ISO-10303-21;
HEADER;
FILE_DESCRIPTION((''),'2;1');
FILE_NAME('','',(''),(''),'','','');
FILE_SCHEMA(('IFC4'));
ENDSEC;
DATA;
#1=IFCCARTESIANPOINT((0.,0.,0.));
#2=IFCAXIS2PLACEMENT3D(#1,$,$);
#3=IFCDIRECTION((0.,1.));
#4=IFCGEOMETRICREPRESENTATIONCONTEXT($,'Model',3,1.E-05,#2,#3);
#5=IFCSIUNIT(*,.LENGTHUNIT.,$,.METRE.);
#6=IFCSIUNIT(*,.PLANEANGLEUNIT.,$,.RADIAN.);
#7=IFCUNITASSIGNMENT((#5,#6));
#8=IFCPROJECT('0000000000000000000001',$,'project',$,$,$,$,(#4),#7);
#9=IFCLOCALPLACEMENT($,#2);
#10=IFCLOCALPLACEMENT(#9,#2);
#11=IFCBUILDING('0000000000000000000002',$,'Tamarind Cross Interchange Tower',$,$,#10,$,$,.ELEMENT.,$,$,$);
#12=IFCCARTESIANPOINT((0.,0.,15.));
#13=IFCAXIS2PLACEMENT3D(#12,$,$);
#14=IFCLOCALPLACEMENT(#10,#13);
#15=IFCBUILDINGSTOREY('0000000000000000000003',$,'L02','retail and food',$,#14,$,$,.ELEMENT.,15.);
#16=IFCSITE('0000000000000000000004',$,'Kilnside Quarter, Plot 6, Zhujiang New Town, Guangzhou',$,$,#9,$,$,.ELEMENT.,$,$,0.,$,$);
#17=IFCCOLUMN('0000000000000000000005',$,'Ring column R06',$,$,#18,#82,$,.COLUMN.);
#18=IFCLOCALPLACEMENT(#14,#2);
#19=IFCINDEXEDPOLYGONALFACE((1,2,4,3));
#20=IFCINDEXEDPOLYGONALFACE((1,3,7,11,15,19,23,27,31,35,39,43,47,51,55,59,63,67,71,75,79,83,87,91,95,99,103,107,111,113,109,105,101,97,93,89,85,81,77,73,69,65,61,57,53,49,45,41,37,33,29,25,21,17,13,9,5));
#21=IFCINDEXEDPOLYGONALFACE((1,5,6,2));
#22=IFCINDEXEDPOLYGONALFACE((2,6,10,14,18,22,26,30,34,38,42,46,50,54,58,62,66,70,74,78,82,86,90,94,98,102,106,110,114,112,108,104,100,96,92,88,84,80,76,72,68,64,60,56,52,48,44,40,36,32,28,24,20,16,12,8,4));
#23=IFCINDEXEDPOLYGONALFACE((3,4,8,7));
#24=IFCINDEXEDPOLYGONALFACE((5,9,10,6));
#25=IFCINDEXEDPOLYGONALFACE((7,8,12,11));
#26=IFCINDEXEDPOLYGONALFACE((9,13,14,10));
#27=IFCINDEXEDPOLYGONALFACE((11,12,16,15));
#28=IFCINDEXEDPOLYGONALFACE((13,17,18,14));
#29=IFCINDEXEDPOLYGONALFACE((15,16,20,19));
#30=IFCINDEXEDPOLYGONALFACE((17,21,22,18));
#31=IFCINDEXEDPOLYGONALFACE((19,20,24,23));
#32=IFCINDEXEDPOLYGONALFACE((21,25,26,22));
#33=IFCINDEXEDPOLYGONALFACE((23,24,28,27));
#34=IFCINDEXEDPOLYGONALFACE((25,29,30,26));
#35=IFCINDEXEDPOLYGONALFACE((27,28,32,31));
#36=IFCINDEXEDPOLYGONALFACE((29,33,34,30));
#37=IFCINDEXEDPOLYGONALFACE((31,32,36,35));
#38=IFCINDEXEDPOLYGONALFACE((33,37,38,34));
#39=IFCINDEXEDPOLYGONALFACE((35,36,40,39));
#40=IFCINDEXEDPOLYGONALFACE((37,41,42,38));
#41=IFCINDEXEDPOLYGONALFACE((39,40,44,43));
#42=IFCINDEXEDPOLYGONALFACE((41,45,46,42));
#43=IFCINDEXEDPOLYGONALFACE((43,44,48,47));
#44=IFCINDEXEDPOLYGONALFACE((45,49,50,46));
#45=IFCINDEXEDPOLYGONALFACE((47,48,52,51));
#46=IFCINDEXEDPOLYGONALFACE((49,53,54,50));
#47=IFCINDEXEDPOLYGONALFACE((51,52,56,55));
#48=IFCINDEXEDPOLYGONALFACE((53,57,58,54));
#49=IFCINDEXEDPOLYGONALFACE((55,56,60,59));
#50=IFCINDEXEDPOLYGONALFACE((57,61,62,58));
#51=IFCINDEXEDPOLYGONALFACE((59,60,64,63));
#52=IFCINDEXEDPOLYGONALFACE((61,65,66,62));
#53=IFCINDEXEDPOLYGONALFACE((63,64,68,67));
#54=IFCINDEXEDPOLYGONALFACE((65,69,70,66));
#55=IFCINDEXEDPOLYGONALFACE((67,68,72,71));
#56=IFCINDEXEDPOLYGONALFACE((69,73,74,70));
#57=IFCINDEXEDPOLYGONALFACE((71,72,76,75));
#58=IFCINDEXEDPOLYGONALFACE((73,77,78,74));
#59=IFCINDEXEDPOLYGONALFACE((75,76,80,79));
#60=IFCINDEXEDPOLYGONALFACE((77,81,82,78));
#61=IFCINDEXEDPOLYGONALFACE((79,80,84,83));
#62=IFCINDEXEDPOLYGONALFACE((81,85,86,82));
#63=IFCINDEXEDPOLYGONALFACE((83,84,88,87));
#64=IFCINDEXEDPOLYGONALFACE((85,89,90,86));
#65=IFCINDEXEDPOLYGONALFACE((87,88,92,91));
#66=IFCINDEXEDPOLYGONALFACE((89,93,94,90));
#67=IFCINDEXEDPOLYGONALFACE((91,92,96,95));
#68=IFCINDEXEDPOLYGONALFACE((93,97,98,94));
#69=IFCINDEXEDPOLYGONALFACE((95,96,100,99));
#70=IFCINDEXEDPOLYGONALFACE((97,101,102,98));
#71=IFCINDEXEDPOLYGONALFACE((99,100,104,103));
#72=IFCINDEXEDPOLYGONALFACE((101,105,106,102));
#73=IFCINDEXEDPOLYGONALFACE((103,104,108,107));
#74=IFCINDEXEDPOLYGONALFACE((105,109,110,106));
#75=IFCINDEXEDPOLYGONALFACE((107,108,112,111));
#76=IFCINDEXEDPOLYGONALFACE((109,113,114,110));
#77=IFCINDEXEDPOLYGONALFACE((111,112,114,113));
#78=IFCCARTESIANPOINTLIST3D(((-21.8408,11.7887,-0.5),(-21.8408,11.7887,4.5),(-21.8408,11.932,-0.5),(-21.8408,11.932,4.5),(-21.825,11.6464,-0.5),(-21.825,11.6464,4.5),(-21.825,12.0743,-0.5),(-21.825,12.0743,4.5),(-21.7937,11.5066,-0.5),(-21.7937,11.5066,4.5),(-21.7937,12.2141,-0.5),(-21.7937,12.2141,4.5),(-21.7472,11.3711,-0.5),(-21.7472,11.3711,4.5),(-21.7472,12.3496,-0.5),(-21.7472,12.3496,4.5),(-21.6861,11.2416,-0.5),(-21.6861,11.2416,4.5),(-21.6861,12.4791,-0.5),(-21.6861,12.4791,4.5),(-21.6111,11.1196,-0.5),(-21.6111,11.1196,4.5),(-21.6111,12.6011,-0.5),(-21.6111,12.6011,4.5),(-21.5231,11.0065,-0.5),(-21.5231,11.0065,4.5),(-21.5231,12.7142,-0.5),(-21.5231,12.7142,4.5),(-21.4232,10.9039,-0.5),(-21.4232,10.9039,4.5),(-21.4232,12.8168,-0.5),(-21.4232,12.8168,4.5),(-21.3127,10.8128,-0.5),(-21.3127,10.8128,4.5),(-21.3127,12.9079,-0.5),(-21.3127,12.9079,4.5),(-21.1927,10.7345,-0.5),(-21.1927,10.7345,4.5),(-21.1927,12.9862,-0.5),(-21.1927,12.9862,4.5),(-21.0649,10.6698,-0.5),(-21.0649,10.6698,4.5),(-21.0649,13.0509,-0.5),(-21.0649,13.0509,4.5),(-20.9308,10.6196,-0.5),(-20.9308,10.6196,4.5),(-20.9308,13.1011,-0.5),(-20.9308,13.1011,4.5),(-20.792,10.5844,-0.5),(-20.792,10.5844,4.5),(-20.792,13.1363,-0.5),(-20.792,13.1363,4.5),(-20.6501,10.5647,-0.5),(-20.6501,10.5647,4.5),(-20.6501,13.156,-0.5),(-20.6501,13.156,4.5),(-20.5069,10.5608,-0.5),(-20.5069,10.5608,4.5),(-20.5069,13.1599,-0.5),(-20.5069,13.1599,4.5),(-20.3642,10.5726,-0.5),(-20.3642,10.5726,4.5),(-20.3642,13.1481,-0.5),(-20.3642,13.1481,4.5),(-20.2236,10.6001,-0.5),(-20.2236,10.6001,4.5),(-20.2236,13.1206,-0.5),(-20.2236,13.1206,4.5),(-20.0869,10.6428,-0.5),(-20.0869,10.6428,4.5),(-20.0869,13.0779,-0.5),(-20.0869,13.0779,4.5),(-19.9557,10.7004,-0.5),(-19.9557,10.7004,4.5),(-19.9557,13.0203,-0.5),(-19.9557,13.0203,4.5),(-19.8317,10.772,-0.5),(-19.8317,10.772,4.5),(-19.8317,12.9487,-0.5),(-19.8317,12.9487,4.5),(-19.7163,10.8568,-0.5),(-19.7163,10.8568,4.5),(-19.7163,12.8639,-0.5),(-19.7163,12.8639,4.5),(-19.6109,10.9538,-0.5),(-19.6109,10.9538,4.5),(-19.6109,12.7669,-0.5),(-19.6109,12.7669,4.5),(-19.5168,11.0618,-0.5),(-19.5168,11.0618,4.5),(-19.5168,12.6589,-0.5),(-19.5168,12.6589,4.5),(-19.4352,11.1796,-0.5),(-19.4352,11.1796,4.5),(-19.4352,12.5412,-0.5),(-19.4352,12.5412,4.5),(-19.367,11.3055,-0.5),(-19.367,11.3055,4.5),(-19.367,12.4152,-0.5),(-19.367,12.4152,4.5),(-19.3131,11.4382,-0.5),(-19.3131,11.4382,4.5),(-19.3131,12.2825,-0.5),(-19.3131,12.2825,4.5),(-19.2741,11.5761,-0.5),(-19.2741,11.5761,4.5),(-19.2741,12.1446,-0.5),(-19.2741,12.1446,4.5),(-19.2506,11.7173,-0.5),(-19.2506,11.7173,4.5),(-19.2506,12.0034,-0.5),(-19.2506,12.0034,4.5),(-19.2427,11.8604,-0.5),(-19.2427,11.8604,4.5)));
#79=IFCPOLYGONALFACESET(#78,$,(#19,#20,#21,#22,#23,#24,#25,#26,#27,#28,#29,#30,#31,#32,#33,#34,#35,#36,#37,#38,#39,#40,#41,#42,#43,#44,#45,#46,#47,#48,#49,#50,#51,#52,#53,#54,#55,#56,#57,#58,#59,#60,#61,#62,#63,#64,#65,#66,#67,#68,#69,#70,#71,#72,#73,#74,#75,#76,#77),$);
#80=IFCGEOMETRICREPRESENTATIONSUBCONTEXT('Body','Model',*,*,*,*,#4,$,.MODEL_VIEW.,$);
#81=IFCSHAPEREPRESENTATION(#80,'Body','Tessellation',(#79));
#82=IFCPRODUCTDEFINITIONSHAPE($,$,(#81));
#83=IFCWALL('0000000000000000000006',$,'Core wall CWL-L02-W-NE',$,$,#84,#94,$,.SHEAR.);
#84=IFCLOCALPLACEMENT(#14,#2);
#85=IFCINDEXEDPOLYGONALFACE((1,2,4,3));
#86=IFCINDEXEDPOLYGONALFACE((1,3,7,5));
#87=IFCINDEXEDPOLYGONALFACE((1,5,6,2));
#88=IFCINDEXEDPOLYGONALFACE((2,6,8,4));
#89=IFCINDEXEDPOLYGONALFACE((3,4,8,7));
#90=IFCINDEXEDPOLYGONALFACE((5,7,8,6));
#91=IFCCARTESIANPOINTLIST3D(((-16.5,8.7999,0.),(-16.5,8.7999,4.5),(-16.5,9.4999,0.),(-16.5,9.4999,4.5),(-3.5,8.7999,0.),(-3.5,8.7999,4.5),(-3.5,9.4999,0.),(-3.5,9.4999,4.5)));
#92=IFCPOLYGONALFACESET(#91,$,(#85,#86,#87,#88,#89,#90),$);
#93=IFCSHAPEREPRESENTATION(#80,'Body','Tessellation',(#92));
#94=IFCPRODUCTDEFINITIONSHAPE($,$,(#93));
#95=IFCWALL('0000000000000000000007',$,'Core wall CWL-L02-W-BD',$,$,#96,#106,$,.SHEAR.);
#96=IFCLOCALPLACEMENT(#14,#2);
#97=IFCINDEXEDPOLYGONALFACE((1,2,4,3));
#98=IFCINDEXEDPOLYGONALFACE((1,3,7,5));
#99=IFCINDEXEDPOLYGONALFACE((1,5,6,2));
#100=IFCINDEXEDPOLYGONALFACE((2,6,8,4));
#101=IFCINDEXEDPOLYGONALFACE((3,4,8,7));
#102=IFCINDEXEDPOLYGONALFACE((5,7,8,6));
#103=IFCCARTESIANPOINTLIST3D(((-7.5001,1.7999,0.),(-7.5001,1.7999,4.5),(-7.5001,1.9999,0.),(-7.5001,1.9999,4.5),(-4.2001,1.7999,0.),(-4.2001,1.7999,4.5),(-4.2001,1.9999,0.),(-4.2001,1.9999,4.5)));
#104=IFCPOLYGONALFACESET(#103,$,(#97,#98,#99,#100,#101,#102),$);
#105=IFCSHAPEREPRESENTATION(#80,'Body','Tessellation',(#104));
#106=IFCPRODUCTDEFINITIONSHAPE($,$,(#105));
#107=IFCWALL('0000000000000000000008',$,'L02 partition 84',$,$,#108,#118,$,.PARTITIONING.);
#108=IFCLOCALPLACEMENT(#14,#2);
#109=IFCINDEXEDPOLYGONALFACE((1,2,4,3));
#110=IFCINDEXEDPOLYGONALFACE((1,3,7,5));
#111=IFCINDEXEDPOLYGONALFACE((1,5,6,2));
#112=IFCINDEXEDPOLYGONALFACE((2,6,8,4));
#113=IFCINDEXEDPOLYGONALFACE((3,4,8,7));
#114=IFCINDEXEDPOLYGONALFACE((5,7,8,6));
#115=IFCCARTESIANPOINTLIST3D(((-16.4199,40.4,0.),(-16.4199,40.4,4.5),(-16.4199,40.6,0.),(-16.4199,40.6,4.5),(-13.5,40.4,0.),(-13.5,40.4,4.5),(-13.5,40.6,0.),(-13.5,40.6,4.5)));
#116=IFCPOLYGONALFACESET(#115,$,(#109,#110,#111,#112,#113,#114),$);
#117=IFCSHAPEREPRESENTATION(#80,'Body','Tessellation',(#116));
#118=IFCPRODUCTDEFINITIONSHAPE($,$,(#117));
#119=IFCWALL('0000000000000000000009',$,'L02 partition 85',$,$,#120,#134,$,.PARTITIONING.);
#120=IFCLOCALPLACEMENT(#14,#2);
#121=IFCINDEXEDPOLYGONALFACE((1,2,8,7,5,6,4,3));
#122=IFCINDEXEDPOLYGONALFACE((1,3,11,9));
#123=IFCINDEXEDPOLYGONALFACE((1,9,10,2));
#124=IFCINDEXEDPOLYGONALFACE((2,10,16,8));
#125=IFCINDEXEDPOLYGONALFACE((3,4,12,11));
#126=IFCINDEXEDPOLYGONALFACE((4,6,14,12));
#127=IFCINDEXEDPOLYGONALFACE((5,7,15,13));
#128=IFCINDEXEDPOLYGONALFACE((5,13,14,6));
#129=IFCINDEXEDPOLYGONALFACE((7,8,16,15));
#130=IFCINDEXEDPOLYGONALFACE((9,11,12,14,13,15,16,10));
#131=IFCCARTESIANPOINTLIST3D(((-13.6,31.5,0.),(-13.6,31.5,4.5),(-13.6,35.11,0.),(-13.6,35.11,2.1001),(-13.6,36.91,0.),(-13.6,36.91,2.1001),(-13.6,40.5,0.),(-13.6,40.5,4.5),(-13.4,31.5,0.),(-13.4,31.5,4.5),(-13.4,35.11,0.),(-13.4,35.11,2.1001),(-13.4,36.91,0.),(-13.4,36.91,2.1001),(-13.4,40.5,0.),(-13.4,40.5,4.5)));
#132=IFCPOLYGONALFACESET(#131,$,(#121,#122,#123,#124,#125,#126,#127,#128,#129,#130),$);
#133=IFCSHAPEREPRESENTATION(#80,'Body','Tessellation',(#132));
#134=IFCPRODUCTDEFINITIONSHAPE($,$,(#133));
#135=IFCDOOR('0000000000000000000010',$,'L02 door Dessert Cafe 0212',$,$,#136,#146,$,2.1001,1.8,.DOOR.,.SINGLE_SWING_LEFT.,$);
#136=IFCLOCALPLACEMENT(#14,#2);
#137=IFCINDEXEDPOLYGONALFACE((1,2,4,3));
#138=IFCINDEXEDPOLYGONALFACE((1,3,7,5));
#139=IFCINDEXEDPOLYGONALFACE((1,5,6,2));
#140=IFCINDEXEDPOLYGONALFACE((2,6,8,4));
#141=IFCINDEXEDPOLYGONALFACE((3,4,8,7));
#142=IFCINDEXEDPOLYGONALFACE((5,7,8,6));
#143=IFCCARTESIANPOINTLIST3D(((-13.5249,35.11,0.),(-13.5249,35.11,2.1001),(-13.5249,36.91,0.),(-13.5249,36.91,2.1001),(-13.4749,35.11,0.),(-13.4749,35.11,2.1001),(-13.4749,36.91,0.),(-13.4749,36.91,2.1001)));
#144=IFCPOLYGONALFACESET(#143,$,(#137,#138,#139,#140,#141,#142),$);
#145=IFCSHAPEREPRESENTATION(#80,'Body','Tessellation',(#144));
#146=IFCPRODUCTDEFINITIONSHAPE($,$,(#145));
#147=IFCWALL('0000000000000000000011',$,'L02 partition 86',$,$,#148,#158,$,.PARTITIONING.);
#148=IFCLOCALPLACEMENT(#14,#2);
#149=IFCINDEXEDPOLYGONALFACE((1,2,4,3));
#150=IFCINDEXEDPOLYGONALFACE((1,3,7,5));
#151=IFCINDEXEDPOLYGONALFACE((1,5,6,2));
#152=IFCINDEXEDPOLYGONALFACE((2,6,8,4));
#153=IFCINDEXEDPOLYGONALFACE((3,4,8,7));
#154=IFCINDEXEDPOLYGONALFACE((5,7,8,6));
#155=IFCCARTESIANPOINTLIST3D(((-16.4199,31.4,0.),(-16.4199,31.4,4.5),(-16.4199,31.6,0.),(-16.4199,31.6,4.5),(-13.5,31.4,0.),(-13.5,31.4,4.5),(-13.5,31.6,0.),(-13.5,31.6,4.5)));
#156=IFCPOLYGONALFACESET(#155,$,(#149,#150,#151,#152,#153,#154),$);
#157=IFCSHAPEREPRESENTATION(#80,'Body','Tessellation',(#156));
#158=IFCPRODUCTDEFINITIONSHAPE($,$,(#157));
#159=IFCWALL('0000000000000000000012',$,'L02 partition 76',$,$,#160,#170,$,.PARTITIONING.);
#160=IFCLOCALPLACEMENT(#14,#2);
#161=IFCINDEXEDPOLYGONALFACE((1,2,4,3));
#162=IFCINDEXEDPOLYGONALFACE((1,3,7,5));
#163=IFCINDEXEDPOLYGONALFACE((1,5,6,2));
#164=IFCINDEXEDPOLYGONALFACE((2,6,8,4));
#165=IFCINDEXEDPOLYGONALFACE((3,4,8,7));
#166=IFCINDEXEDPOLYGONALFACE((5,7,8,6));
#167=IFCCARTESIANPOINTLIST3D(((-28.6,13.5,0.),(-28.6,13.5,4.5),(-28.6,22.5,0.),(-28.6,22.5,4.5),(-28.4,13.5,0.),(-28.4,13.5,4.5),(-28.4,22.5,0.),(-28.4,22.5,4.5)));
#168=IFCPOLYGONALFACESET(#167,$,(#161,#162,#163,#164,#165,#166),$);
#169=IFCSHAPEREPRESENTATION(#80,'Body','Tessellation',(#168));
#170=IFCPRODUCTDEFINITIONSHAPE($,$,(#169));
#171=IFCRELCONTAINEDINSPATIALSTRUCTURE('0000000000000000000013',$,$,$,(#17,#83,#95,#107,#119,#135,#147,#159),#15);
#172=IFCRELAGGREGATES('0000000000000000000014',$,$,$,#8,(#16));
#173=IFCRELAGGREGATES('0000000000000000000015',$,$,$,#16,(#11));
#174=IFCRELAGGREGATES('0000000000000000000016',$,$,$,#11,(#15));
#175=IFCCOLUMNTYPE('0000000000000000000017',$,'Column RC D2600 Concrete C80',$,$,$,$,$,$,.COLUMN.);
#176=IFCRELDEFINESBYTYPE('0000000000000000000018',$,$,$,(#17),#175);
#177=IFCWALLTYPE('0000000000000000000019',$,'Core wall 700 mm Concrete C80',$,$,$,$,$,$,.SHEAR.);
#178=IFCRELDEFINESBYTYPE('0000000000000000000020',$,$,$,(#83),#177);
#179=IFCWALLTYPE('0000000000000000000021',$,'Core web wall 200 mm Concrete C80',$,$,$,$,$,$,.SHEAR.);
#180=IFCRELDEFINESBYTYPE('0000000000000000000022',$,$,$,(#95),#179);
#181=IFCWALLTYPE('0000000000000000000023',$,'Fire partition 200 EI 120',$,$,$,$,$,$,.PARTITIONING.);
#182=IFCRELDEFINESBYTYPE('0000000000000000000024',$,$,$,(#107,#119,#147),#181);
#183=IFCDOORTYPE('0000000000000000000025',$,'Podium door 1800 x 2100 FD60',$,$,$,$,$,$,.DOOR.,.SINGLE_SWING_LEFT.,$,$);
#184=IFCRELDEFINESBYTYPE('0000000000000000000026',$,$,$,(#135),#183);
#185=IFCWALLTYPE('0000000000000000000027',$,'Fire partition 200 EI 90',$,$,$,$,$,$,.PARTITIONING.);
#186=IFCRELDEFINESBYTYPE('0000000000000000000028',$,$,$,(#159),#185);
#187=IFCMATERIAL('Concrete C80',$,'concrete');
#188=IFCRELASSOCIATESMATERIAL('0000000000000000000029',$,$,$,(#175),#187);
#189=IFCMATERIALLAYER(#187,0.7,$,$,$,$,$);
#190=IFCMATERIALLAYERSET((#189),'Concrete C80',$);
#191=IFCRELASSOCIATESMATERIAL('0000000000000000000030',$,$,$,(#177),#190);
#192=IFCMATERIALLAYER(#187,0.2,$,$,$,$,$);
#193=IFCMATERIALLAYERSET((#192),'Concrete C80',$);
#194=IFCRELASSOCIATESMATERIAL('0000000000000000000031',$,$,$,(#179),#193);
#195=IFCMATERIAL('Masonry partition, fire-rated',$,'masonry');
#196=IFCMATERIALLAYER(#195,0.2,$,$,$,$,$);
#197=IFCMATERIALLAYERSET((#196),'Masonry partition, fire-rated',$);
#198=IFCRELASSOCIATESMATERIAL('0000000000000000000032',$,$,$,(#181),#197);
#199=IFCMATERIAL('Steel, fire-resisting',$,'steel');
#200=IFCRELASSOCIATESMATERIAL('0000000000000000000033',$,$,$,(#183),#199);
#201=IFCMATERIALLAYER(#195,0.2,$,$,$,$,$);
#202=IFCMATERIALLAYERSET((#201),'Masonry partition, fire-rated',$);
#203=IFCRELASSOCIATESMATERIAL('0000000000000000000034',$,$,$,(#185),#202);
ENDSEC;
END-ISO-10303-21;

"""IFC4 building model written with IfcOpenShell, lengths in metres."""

from ifc_helpers import new_model, si_unit, direction, frame, frame_2d, origin, origin_2d, place, context, subcontext, project, spatial, rectangle, circle, extrude, material, layer, layer_set, material_profile, profile_set, type_object, element, fill, save


model = new_model("IFC4")

# Units and contexts
model_context = context("Model", 3, precision=1e-05, world=origin(), true_north=direction((0.0, 1.0)))
body_context = subcontext(model_context, "Body", "Model", "MODEL_VIEW")
ifc_project = project(units=[si_unit("LENGTHUNIT", "METRE"), si_unit("PLANEANGLEUNIT", "RADIAN")], contexts=[model_context])

# Site, building, storey
site_placement = place(None, origin())
site = spatial("IfcSite", under=ifc_project, at=site_placement, Name="Kilnside Quarter, Plot 6, Zhujiang New Town, Guangzhou", CompositionType="ELEMENT", RefElevation=0.0)
building_placement = place(site_placement, origin())
building = spatial("IfcBuilding", under=site, at=building_placement, Name="Tamarind Cross Interchange Tower", CompositionType="ELEMENT")
storey_placement = place(building_placement, frame((0.0, 0.0, 15.0)))
storey = spatial("IfcBuildingStorey", under=building, at=storey_placement, Name="L02", Description="retail and food", CompositionType="ELEMENT", Elevation=15.0)

# Column
ifc_material_1 = material(Name="Concrete C80", Category="concrete")
ifc_material_profile_1 = material_profile(ifc_material_1, circle(Radius=1.3, at=origin_2d()), Name="RC D2600")
ifc_profile_set_1 = profile_set([ifc_material_profile_1], Name="Concrete C80")
column_type_1 = type_object("IfcColumnType", Name="Column RC D2600 Concrete C80", PredefinedType="COLUMN", material=ifc_profile_set_1)
for number, where, z_axis, x_axis, name in (
    (1, (-20.5427, 11.8604, -0.5), (0.0, 0.0, 1.0), (1.0, 0.0, 0.0), "Ring column R06"),
):
    element("IfcColumn", number, at=place(storey_placement, frame(where, z_axis=z_axis, x_axis=x_axis)), inside=storey, type_object=column_type_1, Name=name, PredefinedType="COLUMN", context=body_context, shape_type="SweptSolid", body=[
        extrude(circle(Radius=1.3, at=origin_2d()), origin(), (0.0, 0.0, 1.0), 5.0),
    ])

# Walls
ifc_layer_1 = layer(ifc_material_1, 0.7)
ifc_layer_set_1 = layer_set([ifc_layer_1], Name="Concrete C80")
wall_type_1 = type_object("IfcWallType", Name="Core wall 700 mm Concrete C80", PredefinedType="SHEAR", material=ifc_layer_set_1)
wall_1_placement = place(storey_placement, frame((-16.5, 9.1499, 0.0), z_axis=(0.0, 0.0, 1.0), x_axis=(1.0, 0.0, 0.0)))
element("IfcWall", 2, at=wall_1_placement, inside=storey, type_object=wall_type_1, Name="Core wall CWL-L02-W-NE", PredefinedType="SHEAR", context=body_context, shape_type="SweptSolid", body=[
    extrude(rectangle(XDim=13.0, YDim=0.7, at=frame_2d((6.5, 0.0))), origin(), (0.0, 0.0, 1.0), 4.5),
])
ifc_layer_2 = layer(ifc_material_1, 0.2)
ifc_layer_set_2 = layer_set([ifc_layer_2], Name="Concrete C80")
wall_type_2 = type_object("IfcWallType", Name="Core web wall 200 mm Concrete C80", PredefinedType="SHEAR", material=ifc_layer_set_2)
wall_2_placement = place(storey_placement, frame((-7.5, 1.8999, 0.0), z_axis=(0.0, 0.0, 1.0), x_axis=(1.0, 0.0, 0.0)))
element("IfcWall", 3, at=wall_2_placement, inside=storey, type_object=wall_type_2, Name="Core wall CWL-L02-W-BD", PredefinedType="SHEAR", context=body_context, shape_type="SweptSolid", body=[
    extrude(rectangle(XDim=3.3, YDim=0.2, at=frame_2d((1.6499, 0.0))), origin(), (0.0, 0.0, 1.0), 4.5),
])
ifc_material_2 = material(Name="Masonry partition, fire-rated", Category="masonry")
ifc_layer_3 = layer(ifc_material_2, 0.2)
ifc_layer_set_3 = layer_set([ifc_layer_3], Name="Masonry partition, fire-rated")
wall_type_3 = type_object("IfcWallType", Name="Fire partition 200 EI 120", PredefinedType="PARTITIONING", material=ifc_layer_set_3)
wall_3_placement = place(storey_placement, frame((-16.4199, 40.5, 0.0), z_axis=(0.0, 0.0, 1.0), x_axis=(1.0, 0.0, 0.0)))
element("IfcWall", 4, at=wall_3_placement, inside=storey, type_object=wall_type_3, Name="L02 partition 84", PredefinedType="PARTITIONING", context=body_context, shape_type="SweptSolid", body=[
    extrude(rectangle(XDim=2.9199, YDim=0.2, at=frame_2d((1.46, 0.0))), origin(), (0.0, 0.0, 1.0), 4.5),
])

# Wall, opening, door
wall_4_placement = place(storey_placement, frame((-13.5, 31.5, 0.0), z_axis=(0.0, 0.0, 1.0), x_axis=(0.0, 1.0, 0.0)))
wall_4 = element("IfcWall", 5, at=wall_4_placement, inside=storey, type_object=wall_type_3, Name="L02 partition 85", PredefinedType="PARTITIONING", context=body_context, shape_type="SweptSolid", body=[
    extrude(rectangle(XDim=9.0, YDim=0.2, at=frame_2d((4.5, 0.0))), origin(), (0.0, 0.0, 1.0), 4.5),
])
opening_1_placement = place(wall_4_placement, frame((3.6101, 0.0, 0.0)))
opening_1 = element("IfcOpeningElement", 6, at=opening_1_placement, cuts=wall_4, PredefinedType="OPENING", context=body_context, shape_type="SweptSolid", body=[
    extrude(rectangle(XDim=1.8, YDim=2.1001, at=frame_2d((0.8999, 1.05))), frame((0.0, 0.1099, 0.0), z_axis=(0.0, -1.0, 0.0), x_axis=(1.0, 0.0, 0.0)), (0.0, 0.0, 1.0), 0.22),
])
ifc_material_3 = material(Name="Steel, fire-resisting", Category="steel")
door_type_1 = type_object("IfcDoorType", Name="Podium door 1800 x 2100 FD60", OperationType="SINGLE_SWING_LEFT", PredefinedType="DOOR", material=ifc_material_3)
door_1_placement = place(opening_1_placement, origin())
door_1 = element("IfcDoor", 7, at=door_1_placement, inside=storey, type_object=door_type_1, Name="L02 door Dessert Cafe 0212", OperationType="SINGLE_SWING_LEFT", OverallHeight=2.1001, OverallWidth=1.8, PredefinedType="DOOR", context=body_context, shape_type="SweptSolid", body=[
    extrude(rectangle(XDim=1.8, YDim=2.1001, at=frame_2d((0.8999, 1.05))), frame((0.0, 0.0249, 0.0), z_axis=(0.0, -1.0, 0.0), x_axis=(1.0, 0.0, 0.0)), (0.0, 0.0, 1.0), 0.05),
])
fill(opening_1, door_1)

# Walls
wall_5_placement = place(storey_placement, frame((-16.4199, 31.5, 0.0), z_axis=(0.0, 0.0, 1.0), x_axis=(1.0, 0.0, 0.0)))
element("IfcWall", 8, at=wall_5_placement, inside=storey, type_object=wall_type_3, Name="L02 partition 86", PredefinedType="PARTITIONING", context=body_context, shape_type="SweptSolid", body=[
    extrude(rectangle(XDim=2.9199, YDim=0.2, at=frame_2d((1.46, 0.0))), origin(), (0.0, 0.0, 1.0), 4.5),
])
ifc_layer_4 = layer(ifc_material_2, 0.2)
ifc_layer_set_4 = layer_set([ifc_layer_4], Name="Masonry partition, fire-rated")
wall_type_4 = type_object("IfcWallType", Name="Fire partition 200 EI 90", PredefinedType="PARTITIONING", material=ifc_layer_set_4)
wall_6_placement = place(storey_placement, frame((-28.5, 13.5, 0.0), z_axis=(0.0, 0.0, 1.0), x_axis=(0.0, 1.0, 0.0)))
element("IfcWall", 9, at=wall_6_placement, inside=storey, type_object=wall_type_4, Name="L02 partition 76", PredefinedType="PARTITIONING", context=body_context, shape_type="SweptSolid", body=[
    extrude(rectangle(XDim=9.0, YDim=0.2, at=frame_2d((4.5, 0.0))), origin(), (0.0, 0.0, 1.0), 4.5),
])

save(model, "model.ifc")
